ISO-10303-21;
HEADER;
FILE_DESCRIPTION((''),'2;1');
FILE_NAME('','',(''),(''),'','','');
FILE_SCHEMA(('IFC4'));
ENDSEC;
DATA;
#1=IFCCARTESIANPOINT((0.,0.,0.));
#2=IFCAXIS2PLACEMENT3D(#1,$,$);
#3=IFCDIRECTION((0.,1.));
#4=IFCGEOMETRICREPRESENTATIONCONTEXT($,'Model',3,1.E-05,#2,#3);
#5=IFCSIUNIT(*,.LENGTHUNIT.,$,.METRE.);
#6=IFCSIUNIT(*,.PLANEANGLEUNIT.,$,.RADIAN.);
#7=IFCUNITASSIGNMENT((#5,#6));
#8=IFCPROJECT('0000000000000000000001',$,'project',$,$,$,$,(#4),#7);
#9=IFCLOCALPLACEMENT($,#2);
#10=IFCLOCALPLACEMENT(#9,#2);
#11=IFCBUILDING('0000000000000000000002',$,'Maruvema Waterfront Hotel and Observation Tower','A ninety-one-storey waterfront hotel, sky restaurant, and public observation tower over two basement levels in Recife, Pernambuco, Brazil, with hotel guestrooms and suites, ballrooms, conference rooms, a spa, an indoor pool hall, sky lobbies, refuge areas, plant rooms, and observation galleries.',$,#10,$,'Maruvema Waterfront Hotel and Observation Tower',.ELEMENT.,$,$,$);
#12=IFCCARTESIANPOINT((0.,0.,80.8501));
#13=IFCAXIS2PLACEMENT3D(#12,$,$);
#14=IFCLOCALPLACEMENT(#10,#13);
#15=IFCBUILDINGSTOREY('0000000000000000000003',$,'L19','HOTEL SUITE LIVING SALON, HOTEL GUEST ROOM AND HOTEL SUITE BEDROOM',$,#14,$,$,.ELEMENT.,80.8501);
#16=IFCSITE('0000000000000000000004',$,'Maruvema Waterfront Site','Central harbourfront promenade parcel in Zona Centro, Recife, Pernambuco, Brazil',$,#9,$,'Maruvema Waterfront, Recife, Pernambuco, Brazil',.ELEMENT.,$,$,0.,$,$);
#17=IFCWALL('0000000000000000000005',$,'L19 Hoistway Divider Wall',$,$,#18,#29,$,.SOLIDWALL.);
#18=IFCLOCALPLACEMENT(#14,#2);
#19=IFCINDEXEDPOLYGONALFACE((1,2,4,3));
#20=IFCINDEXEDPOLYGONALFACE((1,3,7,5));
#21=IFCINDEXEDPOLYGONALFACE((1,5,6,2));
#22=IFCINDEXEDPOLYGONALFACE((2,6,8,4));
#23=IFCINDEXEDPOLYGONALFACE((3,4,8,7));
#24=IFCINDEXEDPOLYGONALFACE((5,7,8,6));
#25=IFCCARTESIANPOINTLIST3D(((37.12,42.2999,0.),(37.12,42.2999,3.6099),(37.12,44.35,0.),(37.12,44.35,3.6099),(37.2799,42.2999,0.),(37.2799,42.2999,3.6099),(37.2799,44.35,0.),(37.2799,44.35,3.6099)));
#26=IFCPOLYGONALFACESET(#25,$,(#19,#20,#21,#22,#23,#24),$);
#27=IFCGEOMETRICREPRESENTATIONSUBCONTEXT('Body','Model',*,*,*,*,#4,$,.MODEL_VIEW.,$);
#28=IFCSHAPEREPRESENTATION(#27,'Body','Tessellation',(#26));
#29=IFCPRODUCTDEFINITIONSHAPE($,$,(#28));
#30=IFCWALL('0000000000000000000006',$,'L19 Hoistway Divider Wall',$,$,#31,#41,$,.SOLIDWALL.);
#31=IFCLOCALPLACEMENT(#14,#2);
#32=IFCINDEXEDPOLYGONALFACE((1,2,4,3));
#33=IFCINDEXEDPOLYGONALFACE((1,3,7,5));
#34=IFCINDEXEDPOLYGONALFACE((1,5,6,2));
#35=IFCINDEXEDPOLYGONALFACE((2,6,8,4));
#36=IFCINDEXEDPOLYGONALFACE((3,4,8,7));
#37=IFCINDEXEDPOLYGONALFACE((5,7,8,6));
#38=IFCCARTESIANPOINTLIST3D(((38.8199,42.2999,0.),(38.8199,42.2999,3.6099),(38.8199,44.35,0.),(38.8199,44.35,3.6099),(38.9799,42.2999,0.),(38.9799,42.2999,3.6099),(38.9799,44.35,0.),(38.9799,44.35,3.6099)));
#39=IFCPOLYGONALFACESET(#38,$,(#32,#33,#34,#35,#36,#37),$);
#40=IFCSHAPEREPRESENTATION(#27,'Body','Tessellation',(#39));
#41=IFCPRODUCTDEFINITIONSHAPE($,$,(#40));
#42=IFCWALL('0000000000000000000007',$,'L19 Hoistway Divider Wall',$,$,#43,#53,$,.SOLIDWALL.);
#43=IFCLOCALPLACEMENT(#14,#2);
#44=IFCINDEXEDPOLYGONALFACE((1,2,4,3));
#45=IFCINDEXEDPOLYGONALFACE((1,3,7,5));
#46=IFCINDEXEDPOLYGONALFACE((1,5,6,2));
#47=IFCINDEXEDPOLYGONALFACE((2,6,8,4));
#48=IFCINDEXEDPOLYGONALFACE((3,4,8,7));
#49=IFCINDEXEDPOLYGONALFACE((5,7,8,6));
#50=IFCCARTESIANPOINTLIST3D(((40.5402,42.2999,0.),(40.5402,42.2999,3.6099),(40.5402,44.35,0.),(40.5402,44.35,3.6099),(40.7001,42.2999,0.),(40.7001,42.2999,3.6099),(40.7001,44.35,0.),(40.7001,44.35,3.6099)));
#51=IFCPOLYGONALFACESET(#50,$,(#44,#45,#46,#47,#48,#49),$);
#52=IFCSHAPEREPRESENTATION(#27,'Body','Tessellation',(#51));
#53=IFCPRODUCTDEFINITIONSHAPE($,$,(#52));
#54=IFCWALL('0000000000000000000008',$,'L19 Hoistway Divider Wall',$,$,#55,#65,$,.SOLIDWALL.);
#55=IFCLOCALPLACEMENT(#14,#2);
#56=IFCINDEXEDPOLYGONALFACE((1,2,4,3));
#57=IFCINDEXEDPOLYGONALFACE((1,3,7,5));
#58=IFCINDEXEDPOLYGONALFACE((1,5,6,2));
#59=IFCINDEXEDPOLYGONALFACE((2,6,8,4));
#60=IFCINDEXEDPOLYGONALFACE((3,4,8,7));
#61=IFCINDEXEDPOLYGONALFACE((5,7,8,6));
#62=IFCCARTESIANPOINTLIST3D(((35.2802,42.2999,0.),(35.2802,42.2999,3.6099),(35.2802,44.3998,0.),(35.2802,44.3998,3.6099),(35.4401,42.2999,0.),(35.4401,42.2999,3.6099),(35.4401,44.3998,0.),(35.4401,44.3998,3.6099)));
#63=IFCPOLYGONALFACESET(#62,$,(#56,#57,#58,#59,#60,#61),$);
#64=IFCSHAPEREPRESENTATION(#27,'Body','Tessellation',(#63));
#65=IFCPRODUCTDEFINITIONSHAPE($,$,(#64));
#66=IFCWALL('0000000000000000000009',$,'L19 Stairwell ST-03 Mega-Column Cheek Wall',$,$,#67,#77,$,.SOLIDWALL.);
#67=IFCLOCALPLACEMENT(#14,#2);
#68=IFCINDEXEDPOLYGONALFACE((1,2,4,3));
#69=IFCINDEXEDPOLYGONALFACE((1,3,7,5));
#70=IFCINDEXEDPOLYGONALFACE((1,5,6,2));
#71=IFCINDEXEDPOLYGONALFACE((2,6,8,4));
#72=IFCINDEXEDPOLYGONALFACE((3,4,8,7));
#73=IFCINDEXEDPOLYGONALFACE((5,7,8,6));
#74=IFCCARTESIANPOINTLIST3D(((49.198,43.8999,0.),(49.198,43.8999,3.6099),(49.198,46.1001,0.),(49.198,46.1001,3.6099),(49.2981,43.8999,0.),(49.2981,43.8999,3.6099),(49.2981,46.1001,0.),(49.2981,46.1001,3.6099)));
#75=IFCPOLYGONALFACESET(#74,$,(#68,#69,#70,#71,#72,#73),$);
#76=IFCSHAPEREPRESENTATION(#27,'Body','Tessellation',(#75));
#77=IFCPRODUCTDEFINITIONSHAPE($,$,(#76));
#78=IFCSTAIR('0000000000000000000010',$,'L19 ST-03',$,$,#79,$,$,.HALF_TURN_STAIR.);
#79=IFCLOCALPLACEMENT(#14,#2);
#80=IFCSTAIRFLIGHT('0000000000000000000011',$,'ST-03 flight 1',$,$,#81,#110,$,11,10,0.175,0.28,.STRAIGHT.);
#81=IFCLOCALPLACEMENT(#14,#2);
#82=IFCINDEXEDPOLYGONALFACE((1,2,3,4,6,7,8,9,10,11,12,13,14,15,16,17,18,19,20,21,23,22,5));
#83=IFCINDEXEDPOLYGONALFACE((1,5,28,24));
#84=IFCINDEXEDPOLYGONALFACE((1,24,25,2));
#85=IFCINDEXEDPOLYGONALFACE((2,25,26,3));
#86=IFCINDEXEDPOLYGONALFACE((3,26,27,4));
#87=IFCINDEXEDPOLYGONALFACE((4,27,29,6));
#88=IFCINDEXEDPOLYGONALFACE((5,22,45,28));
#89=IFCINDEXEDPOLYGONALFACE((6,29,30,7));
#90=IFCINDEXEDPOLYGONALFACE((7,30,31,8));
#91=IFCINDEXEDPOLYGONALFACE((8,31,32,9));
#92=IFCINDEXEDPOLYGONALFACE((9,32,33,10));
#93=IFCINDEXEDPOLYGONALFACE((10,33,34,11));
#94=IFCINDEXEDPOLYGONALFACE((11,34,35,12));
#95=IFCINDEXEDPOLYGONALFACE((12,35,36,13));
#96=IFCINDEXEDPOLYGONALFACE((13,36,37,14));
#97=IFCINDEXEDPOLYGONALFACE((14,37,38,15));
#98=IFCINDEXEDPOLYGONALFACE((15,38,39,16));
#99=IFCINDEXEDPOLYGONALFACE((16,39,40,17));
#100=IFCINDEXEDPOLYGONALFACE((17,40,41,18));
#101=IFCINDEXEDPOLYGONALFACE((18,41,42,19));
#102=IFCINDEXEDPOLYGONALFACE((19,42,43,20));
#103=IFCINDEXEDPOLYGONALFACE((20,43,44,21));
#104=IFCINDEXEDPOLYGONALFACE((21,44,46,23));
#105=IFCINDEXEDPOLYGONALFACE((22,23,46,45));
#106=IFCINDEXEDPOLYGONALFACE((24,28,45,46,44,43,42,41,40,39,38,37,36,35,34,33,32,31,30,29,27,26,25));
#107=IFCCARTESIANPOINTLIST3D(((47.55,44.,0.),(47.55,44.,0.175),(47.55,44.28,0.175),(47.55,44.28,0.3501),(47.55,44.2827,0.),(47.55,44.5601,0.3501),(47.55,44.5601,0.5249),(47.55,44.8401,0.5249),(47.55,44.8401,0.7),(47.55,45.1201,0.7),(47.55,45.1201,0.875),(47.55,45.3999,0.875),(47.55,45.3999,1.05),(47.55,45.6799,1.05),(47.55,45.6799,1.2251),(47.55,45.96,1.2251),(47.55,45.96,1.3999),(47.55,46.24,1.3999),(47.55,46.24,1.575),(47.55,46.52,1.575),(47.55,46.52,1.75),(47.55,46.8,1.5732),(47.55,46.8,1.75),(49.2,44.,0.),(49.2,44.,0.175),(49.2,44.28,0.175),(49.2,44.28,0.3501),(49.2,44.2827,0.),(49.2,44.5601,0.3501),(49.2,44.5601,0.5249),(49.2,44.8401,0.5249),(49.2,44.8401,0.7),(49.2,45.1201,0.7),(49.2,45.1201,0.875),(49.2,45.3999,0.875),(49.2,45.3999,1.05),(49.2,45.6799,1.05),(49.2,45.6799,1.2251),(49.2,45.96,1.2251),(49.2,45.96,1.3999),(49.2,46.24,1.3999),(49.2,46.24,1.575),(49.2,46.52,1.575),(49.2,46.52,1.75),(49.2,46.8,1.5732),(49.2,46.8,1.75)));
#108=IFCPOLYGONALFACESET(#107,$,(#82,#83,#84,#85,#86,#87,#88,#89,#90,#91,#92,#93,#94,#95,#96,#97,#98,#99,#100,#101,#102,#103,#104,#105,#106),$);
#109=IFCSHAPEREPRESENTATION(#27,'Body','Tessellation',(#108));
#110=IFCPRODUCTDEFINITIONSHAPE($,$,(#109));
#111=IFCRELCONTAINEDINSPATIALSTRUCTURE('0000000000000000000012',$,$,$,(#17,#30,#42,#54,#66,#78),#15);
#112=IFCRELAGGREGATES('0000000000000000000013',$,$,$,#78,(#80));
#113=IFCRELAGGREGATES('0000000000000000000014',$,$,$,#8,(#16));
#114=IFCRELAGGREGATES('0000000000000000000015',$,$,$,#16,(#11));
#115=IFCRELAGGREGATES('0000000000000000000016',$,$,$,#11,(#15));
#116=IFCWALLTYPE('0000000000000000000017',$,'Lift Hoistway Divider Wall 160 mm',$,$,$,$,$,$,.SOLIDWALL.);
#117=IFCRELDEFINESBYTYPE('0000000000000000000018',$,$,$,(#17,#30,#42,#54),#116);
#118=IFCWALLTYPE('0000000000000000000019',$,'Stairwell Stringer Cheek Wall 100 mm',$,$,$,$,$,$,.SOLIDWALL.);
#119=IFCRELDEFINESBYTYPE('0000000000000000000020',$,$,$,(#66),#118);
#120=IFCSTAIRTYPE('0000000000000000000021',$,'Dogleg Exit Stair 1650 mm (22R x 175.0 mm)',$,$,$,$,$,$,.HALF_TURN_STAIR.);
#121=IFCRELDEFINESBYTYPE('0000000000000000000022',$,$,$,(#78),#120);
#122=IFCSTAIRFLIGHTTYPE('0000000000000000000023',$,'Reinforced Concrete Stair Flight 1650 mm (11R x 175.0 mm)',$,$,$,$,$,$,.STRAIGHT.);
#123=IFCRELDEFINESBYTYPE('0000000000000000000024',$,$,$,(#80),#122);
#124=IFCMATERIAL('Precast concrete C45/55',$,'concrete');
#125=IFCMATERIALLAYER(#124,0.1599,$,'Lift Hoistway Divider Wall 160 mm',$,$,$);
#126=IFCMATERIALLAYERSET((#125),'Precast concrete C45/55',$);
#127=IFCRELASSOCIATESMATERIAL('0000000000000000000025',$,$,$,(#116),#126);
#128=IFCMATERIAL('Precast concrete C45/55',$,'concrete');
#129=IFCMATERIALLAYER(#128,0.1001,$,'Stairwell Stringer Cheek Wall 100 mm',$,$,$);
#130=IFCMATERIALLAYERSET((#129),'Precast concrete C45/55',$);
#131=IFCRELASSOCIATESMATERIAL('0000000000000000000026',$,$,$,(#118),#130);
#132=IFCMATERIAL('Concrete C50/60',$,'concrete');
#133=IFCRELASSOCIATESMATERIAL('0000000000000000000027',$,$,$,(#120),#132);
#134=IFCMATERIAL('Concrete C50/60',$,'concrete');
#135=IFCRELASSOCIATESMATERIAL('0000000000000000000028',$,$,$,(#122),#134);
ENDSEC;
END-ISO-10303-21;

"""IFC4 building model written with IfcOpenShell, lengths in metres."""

from ifc_helpers import new_model, si_unit, direction, frame, frame_2d, origin, place, context, subcontext, project, spatial, polyline, rectangle, outline, extrude, material, layer, layer_set, type_object, element, aggregate, save


model = new_model("IFC4")

# Units and contexts
model_context = context("Model", 3, precision=1e-05, world=origin(), true_north=direction((0.0, 1.0)))
body_context = subcontext(model_context, "Body", "Model", "MODEL_VIEW")
ifc_project = project(units=[si_unit("LENGTHUNIT", "METRE"), si_unit("PLANEANGLEUNIT", "RADIAN")], contexts=[model_context])

# Site, building, storey
site_placement = place(None, origin())
site = spatial("IfcSite", under=ifc_project, at=site_placement, Name="Maruvema Waterfront Site", Description="Central harbourfront promenade parcel in Zona Centro, Recife, Pernambuco, Brazil", LongName="Maruvema Waterfront, Recife, Pernambuco, Brazil", CompositionType="ELEMENT", RefElevation=0.0)
building_placement = place(site_placement, origin())
building = spatial("IfcBuilding", under=site, at=building_placement, Name="Maruvema Waterfront Hotel and Observation Tower", Description="A ninety-one-storey waterfront hotel, sky restaurant, and public observation tower over two basement levels in Recife, Pernambuco, Brazil, with hotel guestrooms and suites, ballrooms, conference rooms, a spa, an indoor pool hall, sky lobbies, refuge areas, plant rooms, and observation galleries.", LongName="Maruvema Waterfront Hotel and Observation Tower", CompositionType="ELEMENT")
storey_placement = place(building_placement, frame((0.0, 0.0, 80.8501)))
storey = spatial("IfcBuildingStorey", under=building, at=storey_placement, Name="L19", Description="HOTEL SUITE LIVING SALON, HOTEL GUEST ROOM AND HOTEL SUITE BEDROOM", CompositionType="ELEMENT", Elevation=80.8501)

# Walls
ifc_material_1 = material(Name="Precast concrete C45/55", Category="concrete")
ifc_layer_1 = layer(ifc_material_1, 0.1599, Name="Lift Hoistway Divider Wall 160 mm")
ifc_layer_set_1 = layer_set([ifc_layer_1], Name="Precast concrete C45/55")
wall_type_1 = type_object("IfcWallType", Name="Lift Hoistway Divider Wall 160 mm", PredefinedType="SOLIDWALL", material=ifc_layer_set_1)
for number, where, z_axis, x_axis, name in (
    (1, (37.2, 42.3, 0.0), (0.0, 0.0, 1.0), (0.0, 1.0, 0.0), "L19 Hoistway Divider Wall"),
    (2, (38.8999, 42.3, 0.0), (0.0, 0.0, 1.0), (0.0, 1.0, 0.0), "L19 Hoistway Divider Wall"),
    (3, (40.6201, 42.3, 0.0), (0.0, 0.0, 1.0), (0.0, 1.0, 0.0), "L19 Hoistway Divider Wall"),
):
    element("IfcWall", number, at=place(storey_placement, frame(where, z_axis=z_axis, x_axis=x_axis)), inside=storey, type_object=wall_type_1, Name=name, PredefinedType="SOLIDWALL", context=body_context, shape_type="SweptSolid", body=[
        extrude(rectangle(XDim=2.05, YDim=0.1599, at=frame_2d((1.0249, 0.0))), origin(), (0.0, 0.0, 1.0), 3.6099),
    ])
wall_1_placement = place(storey_placement, frame((35.3601, 42.3, 0.0), z_axis=(0.0, 0.0, 1.0), x_axis=(0.0, 1.0, 0.0)))
element("IfcWall", 4, at=wall_1_placement, inside=storey, type_object=wall_type_1, Name="L19 Hoistway Divider Wall", PredefinedType="SOLIDWALL", context=body_context, shape_type="SweptSolid", body=[
    extrude(rectangle(XDim=2.0999, YDim=0.1599, at=frame_2d((1.0498, 0.0))), origin(), (0.0, 0.0, 1.0), 3.6099),
])
ifc_material_2 = material(Name="Precast concrete C45/55", Category="concrete")
ifc_layer_2 = layer(ifc_material_2, 0.1001, Name="Stairwell Stringer Cheek Wall 100 mm")
ifc_layer_set_2 = layer_set([ifc_layer_2], Name="Precast concrete C45/55")
wall_type_2 = type_object("IfcWallType", Name="Stairwell Stringer Cheek Wall 100 mm", PredefinedType="SOLIDWALL", material=ifc_layer_set_2)
wall_2_placement = place(storey_placement, frame((49.248, 43.8999, 0.0), z_axis=(0.0, 0.0, 1.0), x_axis=(0.0, 1.0, 0.0)))
element("IfcWall", 5, at=wall_2_placement, inside=storey, type_object=wall_type_2, Name="L19 Stairwell ST-03 Mega-Column Cheek Wall", PredefinedType="SOLIDWALL", context=body_context, shape_type="SweptSolid", body=[
    extrude(rectangle(XDim=2.2002, YDim=0.1001, at=frame_2d((1.1001, 0.0))), origin(), (0.0, 0.0, 1.0), 3.6099),
])

# Stair, stair flight
ifc_material_3 = material(Name="Concrete C50/60", Category="concrete")
stair_type = type_object("IfcStairType", Name="Dogleg Exit Stair 1650 mm (22R x 175.0 mm)", PredefinedType="HALF_TURN_STAIR", material=ifc_material_3)
stair_placement = place(storey_placement, origin())
stair = element("IfcStair", 6, at=stair_placement, inside=storey, type_object=stair_type, Name="L19 ST-03", PredefinedType="HALF_TURN_STAIR")
ifc_material_4 = material(Name="Concrete C50/60", Category="concrete")
stair_flight_type = type_object("IfcStairFlightType", Name="Reinforced Concrete Stair Flight 1650 mm (11R x 175.0 mm)", PredefinedType="STRAIGHT", material=ifc_material_4)
stair_flight_placement = place(storey_placement, frame((48.375, 44.0, 0.0), z_axis=(0.0, 0.0, 1.0), x_axis=(0.0, 1.0, 0.0)))
stair_flight = element("IfcStairFlight", 7, at=stair_flight_placement, type_object=stair_flight_type, Name="ST-03 flight 1", NumberOfRisers=11, NumberOfTreads=10, PredefinedType="STRAIGHT", RiserHeight=0.175, TreadLength=0.28, context=body_context, shape_type="SweptSolid", body=[
    extrude(outline(polyline([(0.0, 0.0), (0.0, 0.175), (0.28, 0.175), (0.28, 0.3501), (0.5601, 0.3501), (0.5601, 0.5249), (0.8401, 0.5249), (0.8401, 0.7), (1.1201, 0.7), (1.1201, 0.875), (1.3999, 0.875), (1.3999, 1.05), (1.6799, 1.05), (1.6799, 1.2251), (1.96, 1.2251), (1.96, 1.3999), (2.24, 1.3999), (2.24, 1.575), (2.52, 1.575), (2.52, 1.75), (2.8, 1.75), (2.8, 1.925), (2.8, 1.5732), (0.2827, 0.0), (0.0, 0.0)])), frame((0.0, 0.825, 0.0), z_axis=(0.0, -1.0, 0.0), x_axis=(1.0, 0.0, 0.0)), (0.0, 0.0, 1.0), 1.6499),
])
aggregate(stair, [stair_flight])

save(model, "model.ifc")
